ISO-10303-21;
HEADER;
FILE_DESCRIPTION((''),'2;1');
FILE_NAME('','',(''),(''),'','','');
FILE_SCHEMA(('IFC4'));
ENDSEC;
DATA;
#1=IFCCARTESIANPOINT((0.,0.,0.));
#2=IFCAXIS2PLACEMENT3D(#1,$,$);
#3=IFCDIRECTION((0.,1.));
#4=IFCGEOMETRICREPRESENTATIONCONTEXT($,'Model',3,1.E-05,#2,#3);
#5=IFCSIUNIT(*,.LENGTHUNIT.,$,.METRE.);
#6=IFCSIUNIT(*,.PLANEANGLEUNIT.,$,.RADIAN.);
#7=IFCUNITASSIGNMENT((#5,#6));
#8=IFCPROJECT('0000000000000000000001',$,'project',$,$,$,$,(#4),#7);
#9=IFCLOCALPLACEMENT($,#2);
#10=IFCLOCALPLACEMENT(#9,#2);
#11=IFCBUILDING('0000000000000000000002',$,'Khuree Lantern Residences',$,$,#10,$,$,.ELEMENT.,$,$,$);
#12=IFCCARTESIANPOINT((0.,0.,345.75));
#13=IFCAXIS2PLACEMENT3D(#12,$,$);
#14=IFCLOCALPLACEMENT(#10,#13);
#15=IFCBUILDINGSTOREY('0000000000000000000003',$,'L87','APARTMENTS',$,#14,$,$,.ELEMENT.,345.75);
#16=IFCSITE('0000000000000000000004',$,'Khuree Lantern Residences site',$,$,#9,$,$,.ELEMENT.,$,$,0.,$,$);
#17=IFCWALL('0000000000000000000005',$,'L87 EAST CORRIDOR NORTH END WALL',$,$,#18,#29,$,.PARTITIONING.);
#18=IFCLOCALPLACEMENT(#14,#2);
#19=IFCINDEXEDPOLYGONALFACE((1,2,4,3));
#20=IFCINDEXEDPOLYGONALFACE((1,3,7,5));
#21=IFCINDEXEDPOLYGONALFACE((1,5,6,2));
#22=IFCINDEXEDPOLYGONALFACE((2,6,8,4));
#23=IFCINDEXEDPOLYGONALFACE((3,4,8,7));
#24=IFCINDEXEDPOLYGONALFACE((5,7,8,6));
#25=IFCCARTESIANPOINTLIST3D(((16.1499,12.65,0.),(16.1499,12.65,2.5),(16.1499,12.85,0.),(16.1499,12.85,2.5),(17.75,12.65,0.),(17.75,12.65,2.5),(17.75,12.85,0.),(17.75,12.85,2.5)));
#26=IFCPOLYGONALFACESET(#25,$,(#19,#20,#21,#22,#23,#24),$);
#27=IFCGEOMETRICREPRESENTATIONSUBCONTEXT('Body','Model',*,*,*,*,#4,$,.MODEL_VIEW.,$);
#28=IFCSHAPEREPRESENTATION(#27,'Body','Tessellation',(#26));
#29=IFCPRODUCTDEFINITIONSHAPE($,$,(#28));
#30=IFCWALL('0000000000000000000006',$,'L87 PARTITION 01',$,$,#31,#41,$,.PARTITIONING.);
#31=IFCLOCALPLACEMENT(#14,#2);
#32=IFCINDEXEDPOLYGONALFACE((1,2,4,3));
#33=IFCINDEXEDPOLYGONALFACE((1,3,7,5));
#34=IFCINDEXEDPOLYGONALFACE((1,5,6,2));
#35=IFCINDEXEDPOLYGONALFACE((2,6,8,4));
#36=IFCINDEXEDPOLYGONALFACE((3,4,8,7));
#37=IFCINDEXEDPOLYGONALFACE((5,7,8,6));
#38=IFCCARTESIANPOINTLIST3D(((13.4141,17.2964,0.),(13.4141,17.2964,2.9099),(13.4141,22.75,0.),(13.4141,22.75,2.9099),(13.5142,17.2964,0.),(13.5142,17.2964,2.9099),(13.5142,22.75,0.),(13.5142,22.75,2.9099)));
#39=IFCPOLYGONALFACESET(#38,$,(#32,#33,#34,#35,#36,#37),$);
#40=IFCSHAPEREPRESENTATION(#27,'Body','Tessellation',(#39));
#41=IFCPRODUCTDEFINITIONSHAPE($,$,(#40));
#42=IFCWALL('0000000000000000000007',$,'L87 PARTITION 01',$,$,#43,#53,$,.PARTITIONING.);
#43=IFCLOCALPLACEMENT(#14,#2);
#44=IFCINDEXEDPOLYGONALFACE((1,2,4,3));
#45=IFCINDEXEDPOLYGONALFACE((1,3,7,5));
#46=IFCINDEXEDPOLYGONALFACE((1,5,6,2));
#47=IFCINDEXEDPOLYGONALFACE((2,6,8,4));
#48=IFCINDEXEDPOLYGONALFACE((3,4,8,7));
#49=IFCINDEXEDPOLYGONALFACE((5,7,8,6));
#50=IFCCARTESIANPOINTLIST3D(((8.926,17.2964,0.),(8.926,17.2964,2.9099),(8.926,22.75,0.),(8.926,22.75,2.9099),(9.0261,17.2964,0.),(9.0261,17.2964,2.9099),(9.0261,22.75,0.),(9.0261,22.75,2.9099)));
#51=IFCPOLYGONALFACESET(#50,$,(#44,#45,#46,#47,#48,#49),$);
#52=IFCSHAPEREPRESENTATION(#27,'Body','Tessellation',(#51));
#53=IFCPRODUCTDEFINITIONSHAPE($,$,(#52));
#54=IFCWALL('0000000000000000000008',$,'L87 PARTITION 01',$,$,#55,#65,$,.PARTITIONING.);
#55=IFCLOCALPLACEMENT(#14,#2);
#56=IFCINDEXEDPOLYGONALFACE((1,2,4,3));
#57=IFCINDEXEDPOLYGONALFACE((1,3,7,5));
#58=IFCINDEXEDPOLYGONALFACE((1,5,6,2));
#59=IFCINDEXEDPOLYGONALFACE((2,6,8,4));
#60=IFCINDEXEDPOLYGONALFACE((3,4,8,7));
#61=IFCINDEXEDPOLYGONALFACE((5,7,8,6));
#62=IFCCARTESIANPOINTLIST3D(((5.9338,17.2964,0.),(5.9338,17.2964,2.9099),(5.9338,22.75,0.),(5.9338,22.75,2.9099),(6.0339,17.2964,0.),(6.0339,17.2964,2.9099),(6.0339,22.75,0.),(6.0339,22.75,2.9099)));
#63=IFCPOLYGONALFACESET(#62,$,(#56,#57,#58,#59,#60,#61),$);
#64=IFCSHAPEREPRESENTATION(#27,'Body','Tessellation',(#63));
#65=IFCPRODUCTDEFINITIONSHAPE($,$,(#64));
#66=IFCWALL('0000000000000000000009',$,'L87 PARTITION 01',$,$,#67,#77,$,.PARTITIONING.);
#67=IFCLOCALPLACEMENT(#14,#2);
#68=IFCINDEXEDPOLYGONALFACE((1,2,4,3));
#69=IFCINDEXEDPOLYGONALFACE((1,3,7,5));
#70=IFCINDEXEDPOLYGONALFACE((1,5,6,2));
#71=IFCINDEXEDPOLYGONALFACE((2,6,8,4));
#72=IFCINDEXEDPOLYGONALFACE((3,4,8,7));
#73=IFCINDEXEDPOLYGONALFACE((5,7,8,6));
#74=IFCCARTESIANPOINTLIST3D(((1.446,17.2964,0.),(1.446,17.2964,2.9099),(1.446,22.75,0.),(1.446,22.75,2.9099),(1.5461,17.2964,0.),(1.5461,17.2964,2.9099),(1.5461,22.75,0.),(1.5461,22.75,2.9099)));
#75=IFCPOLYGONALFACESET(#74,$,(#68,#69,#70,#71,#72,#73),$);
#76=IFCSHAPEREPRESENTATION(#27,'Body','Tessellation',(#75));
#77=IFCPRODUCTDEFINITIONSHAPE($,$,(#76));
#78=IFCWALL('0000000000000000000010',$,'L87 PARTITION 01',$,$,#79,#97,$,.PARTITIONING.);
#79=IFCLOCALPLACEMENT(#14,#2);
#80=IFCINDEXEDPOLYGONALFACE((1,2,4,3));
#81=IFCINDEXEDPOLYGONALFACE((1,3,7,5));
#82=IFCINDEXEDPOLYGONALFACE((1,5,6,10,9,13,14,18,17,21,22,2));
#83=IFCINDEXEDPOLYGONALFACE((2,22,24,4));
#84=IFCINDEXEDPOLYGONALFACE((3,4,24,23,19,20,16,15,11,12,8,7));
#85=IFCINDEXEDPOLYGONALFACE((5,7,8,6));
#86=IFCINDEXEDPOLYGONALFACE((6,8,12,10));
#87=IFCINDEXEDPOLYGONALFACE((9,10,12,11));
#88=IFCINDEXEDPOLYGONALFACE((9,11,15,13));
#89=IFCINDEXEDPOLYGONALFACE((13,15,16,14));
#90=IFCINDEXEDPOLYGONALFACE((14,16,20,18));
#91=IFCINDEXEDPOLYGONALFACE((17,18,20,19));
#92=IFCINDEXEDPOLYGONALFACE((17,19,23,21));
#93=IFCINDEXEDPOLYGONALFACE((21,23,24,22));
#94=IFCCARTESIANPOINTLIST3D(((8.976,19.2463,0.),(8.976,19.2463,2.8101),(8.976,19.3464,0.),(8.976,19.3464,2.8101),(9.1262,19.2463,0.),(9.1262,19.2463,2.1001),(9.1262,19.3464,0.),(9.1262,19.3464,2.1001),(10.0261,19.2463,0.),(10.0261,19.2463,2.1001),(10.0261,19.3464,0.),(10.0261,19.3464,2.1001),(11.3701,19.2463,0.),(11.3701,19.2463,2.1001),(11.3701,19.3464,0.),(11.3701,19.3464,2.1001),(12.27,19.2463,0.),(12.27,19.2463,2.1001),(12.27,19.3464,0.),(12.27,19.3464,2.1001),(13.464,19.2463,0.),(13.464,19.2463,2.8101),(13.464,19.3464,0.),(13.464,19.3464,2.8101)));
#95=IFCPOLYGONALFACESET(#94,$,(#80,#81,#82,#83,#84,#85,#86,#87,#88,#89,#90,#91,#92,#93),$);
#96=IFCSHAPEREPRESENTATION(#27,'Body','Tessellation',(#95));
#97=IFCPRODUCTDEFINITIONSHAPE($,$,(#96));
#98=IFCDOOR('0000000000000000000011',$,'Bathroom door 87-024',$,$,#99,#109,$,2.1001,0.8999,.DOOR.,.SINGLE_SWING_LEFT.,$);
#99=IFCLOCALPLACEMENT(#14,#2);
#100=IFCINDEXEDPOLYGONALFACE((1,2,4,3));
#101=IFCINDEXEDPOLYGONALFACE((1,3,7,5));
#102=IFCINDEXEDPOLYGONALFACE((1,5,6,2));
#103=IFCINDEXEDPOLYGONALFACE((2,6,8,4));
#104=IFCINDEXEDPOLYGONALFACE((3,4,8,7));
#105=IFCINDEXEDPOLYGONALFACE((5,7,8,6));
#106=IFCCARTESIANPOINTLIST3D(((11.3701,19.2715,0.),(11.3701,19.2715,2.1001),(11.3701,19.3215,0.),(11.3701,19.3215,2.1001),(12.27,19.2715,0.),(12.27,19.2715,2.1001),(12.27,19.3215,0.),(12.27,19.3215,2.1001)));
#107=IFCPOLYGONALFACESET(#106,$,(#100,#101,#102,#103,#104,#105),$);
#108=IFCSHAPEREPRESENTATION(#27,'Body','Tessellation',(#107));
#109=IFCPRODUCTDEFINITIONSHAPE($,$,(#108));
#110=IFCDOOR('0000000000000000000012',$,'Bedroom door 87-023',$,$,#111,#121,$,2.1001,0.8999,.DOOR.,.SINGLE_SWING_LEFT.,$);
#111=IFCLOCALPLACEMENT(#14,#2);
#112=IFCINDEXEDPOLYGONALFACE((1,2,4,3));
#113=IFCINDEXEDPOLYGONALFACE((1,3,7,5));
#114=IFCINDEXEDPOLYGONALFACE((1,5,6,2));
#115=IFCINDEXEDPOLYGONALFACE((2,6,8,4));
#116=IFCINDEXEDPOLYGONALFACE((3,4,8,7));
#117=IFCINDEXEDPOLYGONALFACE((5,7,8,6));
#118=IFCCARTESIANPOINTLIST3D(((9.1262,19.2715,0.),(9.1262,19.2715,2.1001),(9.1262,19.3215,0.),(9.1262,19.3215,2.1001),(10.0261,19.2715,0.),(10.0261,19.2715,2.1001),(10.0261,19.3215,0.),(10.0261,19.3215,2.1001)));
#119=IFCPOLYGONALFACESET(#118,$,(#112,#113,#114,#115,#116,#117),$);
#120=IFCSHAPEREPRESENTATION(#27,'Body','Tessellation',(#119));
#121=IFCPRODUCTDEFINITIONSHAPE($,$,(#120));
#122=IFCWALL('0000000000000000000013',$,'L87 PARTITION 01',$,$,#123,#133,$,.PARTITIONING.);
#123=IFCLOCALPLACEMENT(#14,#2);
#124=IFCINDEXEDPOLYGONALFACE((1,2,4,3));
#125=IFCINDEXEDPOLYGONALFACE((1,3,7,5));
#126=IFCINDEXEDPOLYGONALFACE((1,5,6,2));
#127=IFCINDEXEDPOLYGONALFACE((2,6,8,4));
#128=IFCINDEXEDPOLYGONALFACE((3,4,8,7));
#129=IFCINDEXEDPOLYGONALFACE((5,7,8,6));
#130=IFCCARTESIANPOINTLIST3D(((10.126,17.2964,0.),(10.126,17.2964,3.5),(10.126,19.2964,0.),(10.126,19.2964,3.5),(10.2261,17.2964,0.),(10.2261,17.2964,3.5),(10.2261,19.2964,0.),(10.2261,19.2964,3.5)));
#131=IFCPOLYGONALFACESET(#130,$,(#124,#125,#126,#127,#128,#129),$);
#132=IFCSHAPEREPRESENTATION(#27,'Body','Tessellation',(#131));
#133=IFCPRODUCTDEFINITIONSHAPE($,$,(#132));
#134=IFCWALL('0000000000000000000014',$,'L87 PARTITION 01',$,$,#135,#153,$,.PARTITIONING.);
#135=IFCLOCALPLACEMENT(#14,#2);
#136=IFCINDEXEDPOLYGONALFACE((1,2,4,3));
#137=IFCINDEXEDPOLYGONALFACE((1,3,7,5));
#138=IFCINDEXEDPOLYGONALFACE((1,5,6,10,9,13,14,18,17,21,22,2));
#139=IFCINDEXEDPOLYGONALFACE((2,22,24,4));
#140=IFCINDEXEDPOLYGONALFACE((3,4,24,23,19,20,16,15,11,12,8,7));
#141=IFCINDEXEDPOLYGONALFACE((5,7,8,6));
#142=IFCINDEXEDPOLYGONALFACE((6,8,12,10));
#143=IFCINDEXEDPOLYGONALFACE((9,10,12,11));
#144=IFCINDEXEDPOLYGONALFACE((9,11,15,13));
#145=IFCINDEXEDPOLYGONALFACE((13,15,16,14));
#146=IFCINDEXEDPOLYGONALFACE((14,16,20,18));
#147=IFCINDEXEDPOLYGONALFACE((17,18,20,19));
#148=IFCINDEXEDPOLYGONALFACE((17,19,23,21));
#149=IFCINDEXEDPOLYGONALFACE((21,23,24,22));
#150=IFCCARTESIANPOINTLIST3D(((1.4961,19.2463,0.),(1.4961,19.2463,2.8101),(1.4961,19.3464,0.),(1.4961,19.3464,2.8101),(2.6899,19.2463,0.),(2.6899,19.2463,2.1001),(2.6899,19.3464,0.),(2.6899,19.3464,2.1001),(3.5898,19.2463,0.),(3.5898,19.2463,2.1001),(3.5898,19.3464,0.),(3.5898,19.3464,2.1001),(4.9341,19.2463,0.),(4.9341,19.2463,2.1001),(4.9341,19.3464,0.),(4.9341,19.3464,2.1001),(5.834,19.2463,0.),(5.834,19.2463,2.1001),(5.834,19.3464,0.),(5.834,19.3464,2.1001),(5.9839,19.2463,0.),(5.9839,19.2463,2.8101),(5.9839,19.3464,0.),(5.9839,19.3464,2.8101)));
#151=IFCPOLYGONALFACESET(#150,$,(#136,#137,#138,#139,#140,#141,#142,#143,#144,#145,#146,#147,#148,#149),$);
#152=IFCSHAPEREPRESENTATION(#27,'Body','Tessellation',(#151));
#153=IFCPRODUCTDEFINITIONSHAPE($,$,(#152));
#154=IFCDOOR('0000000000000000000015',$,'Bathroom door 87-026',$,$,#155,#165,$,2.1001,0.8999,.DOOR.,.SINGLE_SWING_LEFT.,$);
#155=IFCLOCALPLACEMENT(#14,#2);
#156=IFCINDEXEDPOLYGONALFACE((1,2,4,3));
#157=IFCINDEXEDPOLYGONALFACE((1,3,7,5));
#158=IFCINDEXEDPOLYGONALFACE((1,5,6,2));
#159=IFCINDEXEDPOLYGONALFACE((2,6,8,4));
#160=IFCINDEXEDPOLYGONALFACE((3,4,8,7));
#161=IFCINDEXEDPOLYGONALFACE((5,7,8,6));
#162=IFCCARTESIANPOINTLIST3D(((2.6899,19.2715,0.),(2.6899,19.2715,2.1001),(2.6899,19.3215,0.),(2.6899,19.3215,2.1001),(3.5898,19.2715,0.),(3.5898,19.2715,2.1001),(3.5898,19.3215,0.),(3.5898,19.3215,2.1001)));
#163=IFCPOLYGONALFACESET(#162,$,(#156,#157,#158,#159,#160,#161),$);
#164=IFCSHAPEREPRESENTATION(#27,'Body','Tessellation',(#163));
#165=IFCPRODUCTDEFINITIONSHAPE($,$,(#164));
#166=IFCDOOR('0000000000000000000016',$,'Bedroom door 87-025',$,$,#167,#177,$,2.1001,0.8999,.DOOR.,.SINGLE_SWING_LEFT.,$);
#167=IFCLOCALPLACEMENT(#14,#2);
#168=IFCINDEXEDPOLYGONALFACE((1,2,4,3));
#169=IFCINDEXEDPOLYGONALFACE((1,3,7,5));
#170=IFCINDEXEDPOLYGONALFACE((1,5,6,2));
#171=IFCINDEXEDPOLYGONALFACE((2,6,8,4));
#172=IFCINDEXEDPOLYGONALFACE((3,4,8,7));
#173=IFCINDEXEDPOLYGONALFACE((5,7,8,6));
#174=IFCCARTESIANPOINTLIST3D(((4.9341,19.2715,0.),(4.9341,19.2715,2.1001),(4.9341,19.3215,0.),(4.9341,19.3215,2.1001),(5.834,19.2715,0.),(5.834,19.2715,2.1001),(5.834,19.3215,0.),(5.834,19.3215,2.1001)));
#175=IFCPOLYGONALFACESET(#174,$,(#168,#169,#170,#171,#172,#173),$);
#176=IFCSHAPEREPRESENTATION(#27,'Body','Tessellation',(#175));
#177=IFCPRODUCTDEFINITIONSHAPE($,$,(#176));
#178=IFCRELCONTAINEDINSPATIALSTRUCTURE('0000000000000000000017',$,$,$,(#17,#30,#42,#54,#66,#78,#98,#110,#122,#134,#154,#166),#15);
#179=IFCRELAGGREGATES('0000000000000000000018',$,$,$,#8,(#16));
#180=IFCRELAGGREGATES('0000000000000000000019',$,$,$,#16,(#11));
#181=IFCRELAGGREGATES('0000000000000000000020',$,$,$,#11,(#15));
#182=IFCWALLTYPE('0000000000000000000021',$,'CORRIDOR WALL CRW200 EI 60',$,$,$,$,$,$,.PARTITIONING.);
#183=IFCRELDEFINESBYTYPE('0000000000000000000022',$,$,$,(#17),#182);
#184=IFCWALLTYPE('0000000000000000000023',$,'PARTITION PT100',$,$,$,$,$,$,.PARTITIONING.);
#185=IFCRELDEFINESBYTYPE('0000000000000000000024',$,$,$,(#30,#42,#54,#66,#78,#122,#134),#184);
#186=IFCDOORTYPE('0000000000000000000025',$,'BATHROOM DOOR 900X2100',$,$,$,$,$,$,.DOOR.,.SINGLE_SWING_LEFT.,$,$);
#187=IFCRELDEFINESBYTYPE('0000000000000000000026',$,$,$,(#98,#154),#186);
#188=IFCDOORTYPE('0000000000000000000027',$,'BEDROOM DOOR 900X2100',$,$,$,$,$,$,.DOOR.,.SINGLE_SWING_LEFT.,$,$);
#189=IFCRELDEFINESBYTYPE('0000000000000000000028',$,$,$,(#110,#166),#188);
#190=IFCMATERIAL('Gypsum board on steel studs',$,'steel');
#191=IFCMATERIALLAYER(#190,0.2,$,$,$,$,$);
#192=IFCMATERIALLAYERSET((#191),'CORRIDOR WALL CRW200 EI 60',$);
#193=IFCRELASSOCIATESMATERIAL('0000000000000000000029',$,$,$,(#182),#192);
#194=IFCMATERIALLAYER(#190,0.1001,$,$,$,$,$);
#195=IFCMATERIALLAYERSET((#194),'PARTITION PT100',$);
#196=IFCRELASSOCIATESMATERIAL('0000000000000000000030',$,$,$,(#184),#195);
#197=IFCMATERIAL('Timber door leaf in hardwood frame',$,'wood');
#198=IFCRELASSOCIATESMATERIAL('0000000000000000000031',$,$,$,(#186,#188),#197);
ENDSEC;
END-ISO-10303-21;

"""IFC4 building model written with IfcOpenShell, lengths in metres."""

from ifc_helpers import new_model, si_unit, direction, frame, frame_2d, origin, place, context, subcontext, project, spatial, rectangle, extrude, material, layer, layer_set, type_object, element, fill, save


model = new_model("IFC4")

# Units and contexts
model_context = context("Model", 3, precision=1e-05, world=origin(), true_north=direction((0.0, 1.0)))
body_context = subcontext(model_context, "Body", "Model", "MODEL_VIEW")
ifc_project = project(units=[si_unit("LENGTHUNIT", "METRE"), si_unit("PLANEANGLEUNIT", "RADIAN")], contexts=[model_context])

# Site, building, storey
site_placement = place(None, origin())
site = spatial("IfcSite", under=ifc_project, at=site_placement, Name="Khuree Lantern Residences site", CompositionType="ELEMENT", RefElevation=0.0)
building_placement = place(site_placement, origin())
building = spatial("IfcBuilding", under=site, at=building_placement, Name="Khuree Lantern Residences", CompositionType="ELEMENT")
storey_placement = place(building_placement, frame((0.0, 0.0, 345.75)))
storey = spatial("IfcBuildingStorey", under=building, at=storey_placement, Name="L87", Description="APARTMENTS", CompositionType="ELEMENT", Elevation=345.75)

# Shared definitions
ifc_material_1 = material(Name="Timber door leaf in hardwood frame", Category="wood")

# Walls
ifc_material_2 = material(Name="Gypsum board on steel studs", Category="steel")
ifc_layer_1 = layer(ifc_material_2, 0.2)
ifc_layer_set_1 = layer_set([ifc_layer_1], Name="CORRIDOR WALL CRW200 EI 60")
wall_type_1 = type_object("IfcWallType", Name="CORRIDOR WALL CRW200 EI 60", PredefinedType="PARTITIONING", material=ifc_layer_set_1)
wall_1_placement = place(storey_placement, frame((16.1499, 12.75, 0.0), z_axis=(0.0, 0.0, 1.0), x_axis=(1.0, 0.0, 0.0)))
element("IfcWall", 1, at=wall_1_placement, inside=storey, type_object=wall_type_1, Name="L87 EAST CORRIDOR NORTH END WALL", PredefinedType="PARTITIONING", context=body_context, shape_type="SweptSolid", body=[
    extrude(rectangle(XDim=1.6001, YDim=0.2, at=frame_2d((0.8, 0.0))), origin(), (0.0, 0.0, 1.0), 2.5),
])
ifc_layer_2 = layer(ifc_material_2, 0.1001)
ifc_layer_set_2 = layer_set([ifc_layer_2], Name="PARTITION PT100")
wall_type_2 = type_object("IfcWallType", Name="PARTITION PT100", PredefinedType="PARTITIONING", material=ifc_layer_set_2)
for number, where, z_axis, x_axis, name in (
    (2, (13.4641, 17.2964, 0.0), (0.0, 0.0, 1.0), (0.0, 1.0, 0.0), "L87 PARTITION 01"),
    (3, (8.9761, 17.2964, 0.0), (0.0, 0.0, 1.0), (0.0, 1.0, 0.0), "L87 PARTITION 01"),
    (4, (5.9839, 17.2964, 0.0), (0.0, 0.0, 1.0), (0.0, 1.0, 0.0), "L87 PARTITION 01"),
    (5, (1.4961, 17.2964, 0.0), (0.0, 0.0, 1.0), (0.0, 1.0, 0.0), "L87 PARTITION 01"),
):
    element("IfcWall", number, at=place(storey_placement, frame(where, z_axis=z_axis, x_axis=x_axis)), inside=storey, type_object=wall_type_2, Name=name, PredefinedType="PARTITIONING", context=body_context, shape_type="SweptSolid", body=[
        extrude(rectangle(XDim=5.4536, YDim=0.1001, at=frame_2d((2.7268, 0.0))), origin(), (0.0, 0.0, 1.0), 2.9099),
    ])

# Wall, openings, doors
wall_2_placement = place(storey_placement, frame((13.4641, 19.2964, 0.0), z_axis=(0.0, 0.0, 1.0), x_axis=(-1.0, 0.0, 0.0)))
wall_2 = element("IfcWall", 6, at=wall_2_placement, inside=storey, type_object=wall_type_2, Name="L87 PARTITION 01", PredefinedType="PARTITIONING", context=body_context, shape_type="SweptSolid", body=[
    extrude(rectangle(XDim=4.488, YDim=0.1001, at=frame_2d((2.2441, 0.0))), origin(), (0.0, 0.0, 1.0), 2.8101),
])
opening_1_placement = place(wall_2_placement, frame((3.438, 0.0, 0.0)))
opening_1 = element("IfcOpeningElement", 7, at=opening_1_placement, cuts=wall_2, PredefinedType="OPENING", context=body_context, shape_type="SweptSolid", body=[
    extrude(rectangle(XDim=0.8999, YDim=2.1001, at=frame_2d((0.45, 1.05))), frame((0.0, 0.0601, 0.0), z_axis=(0.0, -1.0, 0.0), x_axis=(1.0, 0.0, 0.0)), (0.0, 0.0, 1.0), 0.1201),
])
opening_2_placement = place(wall_2_placement, frame((1.1941, 0.0, 0.0)))
opening_2 = element("IfcOpeningElement", 8, at=opening_2_placement, cuts=wall_2, PredefinedType="OPENING", context=body_context, shape_type="SweptSolid", body=[
    extrude(rectangle(XDim=0.8999, YDim=2.1001, at=frame_2d((0.45, 1.05))), frame((0.0, 0.0601, 0.0), z_axis=(0.0, -1.0, 0.0), x_axis=(1.0, 0.0, 0.0)), (0.0, 0.0, 1.0), 0.1201),
])
door_type_1 = type_object("IfcDoorType", Name="BATHROOM DOOR 900X2100", OperationType="SINGLE_SWING_LEFT", PredefinedType="DOOR", material=ifc_material_1)
door_1_placement = place(opening_2_placement, origin())
door_1 = element("IfcDoor", 9, at=door_1_placement, inside=storey, type_object=door_type_1, Name="Bathroom door 87-024", OperationType="SINGLE_SWING_LEFT", OverallHeight=2.1001, OverallWidth=0.8999, PredefinedType="DOOR", context=body_context, shape_type="SweptSolid", body=[
    extrude(rectangle(XDim=0.8999, YDim=2.1001, at=frame_2d((0.45, 1.05))), frame((0.0, 0.0249, 0.0), z_axis=(0.0, -1.0, 0.0), x_axis=(1.0, 0.0, 0.0)), (0.0, 0.0, 1.0), 0.05),
])
fill(opening_2, door_1)
door_type_2 = type_object("IfcDoorType", Name="BEDROOM DOOR 900X2100", OperationType="SINGLE_SWING_LEFT", PredefinedType="DOOR", material=ifc_material_1)
door_2_placement = place(opening_1_placement, origin())
door_2 = element("IfcDoor", 10, at=door_2_placement, inside=storey, type_object=door_type_2, Name="Bedroom door 87-023", OperationType="SINGLE_SWING_LEFT", OverallHeight=2.1001, OverallWidth=0.8999, PredefinedType="DOOR", context=body_context, shape_type="SweptSolid", body=[
    extrude(rectangle(XDim=0.8999, YDim=2.1001, at=frame_2d((0.45, 1.05))), frame((0.0, 0.0249, 0.0), z_axis=(0.0, -1.0, 0.0), x_axis=(1.0, 0.0, 0.0)), (0.0, 0.0, 1.0), 0.05),
])
fill(opening_1, door_2)

# Wall
wall_3_placement = place(storey_placement, frame((10.176, 17.2964, 0.0), z_axis=(0.0, 0.0, 1.0), x_axis=(0.0, 1.0, 0.0)))
element("IfcWall", 11, at=wall_3_placement, inside=storey, type_object=wall_type_2, Name="L87 PARTITION 01", PredefinedType="PARTITIONING", context=body_context, shape_type="SweptSolid", body=[
    extrude(rectangle(XDim=2.0, YDim=0.1001, at=frame_2d((1.0, 0.0))), origin(), (0.0, 0.0, 1.0), 3.5),
])

# Wall, openings, doors
wall_4_placement = place(storey_placement, frame((5.9839, 19.2964, 0.0), z_axis=(0.0, 0.0, 1.0), x_axis=(-1.0, 0.0, 0.0)))
wall_4 = element("IfcWall", 12, at=wall_4_placement, inside=storey, type_object=wall_type_2, Name="L87 PARTITION 01", PredefinedType="PARTITIONING", context=body_context, shape_type="SweptSolid", body=[
    extrude(rectangle(XDim=4.4878, YDim=0.1001, at=frame_2d((2.2439, 0.0))), origin(), (0.0, 0.0, 1.0), 2.8101),
])
opening_3_placement = place(wall_4_placement, frame((0.1499, 0.0, 0.0)))
opening_3 = element("IfcOpeningElement", 13, at=opening_3_placement, cuts=wall_4, PredefinedType="OPENING", context=body_context, shape_type="SweptSolid", body=[
    extrude(rectangle(XDim=0.8999, YDim=2.1001, at=frame_2d((0.45, 1.05))), frame((0.0, 0.0601, 0.0), z_axis=(0.0, -1.0, 0.0), x_axis=(1.0, 0.0, 0.0)), (0.0, 0.0, 1.0), 0.1201),
])
opening_4_placement = place(wall_4_placement, frame((2.394, 0.0, 0.0)))
opening_4 = element("IfcOpeningElement", 14, at=opening_4_placement, cuts=wall_4, PredefinedType="OPENING", context=body_context, shape_type="SweptSolid", body=[
    extrude(rectangle(XDim=0.8999, YDim=2.1001, at=frame_2d((0.45, 1.05))), frame((0.0, 0.0601, 0.0), z_axis=(0.0, -1.0, 0.0), x_axis=(1.0, 0.0, 0.0)), (0.0, 0.0, 1.0), 0.1201),
])
door_3_placement = place(opening_4_placement, origin())
door_3 = element("IfcDoor", 15, at=door_3_placement, inside=storey, type_object=door_type_1, Name="Bathroom door 87-026", OperationType="SINGLE_SWING_LEFT", OverallHeight=2.1001, OverallWidth=0.8999, PredefinedType="DOOR", context=body_context, shape_type="SweptSolid", body=[
    extrude(rectangle(XDim=0.8999, YDim=2.1001, at=frame_2d((0.45, 1.05))), frame((0.0, 0.0249, 0.0), z_axis=(0.0, -1.0, 0.0), x_axis=(1.0, 0.0, 0.0)), (0.0, 0.0, 1.0), 0.05),
])
fill(opening_4, door_3)
door_4_placement = place(opening_3_placement, origin())
door_4 = element("IfcDoor", 16, at=door_4_placement, inside=storey, type_object=door_type_2, Name="Bedroom door 87-025", OperationType="SINGLE_SWING_LEFT", OverallHeight=2.1001, OverallWidth=0.8999, PredefinedType="DOOR", context=body_context, shape_type="SweptSolid", body=[
    extrude(rectangle(XDim=0.8999, YDim=2.1001, at=frame_2d((0.45, 1.05))), frame((0.0, 0.0249, 0.0), z_axis=(0.0, -1.0, 0.0), x_axis=(1.0, 0.0, 0.0)), (0.0, 0.0, 1.0), 0.05),
])
fill(opening_3, door_4)

save(model, "model.ifc")
